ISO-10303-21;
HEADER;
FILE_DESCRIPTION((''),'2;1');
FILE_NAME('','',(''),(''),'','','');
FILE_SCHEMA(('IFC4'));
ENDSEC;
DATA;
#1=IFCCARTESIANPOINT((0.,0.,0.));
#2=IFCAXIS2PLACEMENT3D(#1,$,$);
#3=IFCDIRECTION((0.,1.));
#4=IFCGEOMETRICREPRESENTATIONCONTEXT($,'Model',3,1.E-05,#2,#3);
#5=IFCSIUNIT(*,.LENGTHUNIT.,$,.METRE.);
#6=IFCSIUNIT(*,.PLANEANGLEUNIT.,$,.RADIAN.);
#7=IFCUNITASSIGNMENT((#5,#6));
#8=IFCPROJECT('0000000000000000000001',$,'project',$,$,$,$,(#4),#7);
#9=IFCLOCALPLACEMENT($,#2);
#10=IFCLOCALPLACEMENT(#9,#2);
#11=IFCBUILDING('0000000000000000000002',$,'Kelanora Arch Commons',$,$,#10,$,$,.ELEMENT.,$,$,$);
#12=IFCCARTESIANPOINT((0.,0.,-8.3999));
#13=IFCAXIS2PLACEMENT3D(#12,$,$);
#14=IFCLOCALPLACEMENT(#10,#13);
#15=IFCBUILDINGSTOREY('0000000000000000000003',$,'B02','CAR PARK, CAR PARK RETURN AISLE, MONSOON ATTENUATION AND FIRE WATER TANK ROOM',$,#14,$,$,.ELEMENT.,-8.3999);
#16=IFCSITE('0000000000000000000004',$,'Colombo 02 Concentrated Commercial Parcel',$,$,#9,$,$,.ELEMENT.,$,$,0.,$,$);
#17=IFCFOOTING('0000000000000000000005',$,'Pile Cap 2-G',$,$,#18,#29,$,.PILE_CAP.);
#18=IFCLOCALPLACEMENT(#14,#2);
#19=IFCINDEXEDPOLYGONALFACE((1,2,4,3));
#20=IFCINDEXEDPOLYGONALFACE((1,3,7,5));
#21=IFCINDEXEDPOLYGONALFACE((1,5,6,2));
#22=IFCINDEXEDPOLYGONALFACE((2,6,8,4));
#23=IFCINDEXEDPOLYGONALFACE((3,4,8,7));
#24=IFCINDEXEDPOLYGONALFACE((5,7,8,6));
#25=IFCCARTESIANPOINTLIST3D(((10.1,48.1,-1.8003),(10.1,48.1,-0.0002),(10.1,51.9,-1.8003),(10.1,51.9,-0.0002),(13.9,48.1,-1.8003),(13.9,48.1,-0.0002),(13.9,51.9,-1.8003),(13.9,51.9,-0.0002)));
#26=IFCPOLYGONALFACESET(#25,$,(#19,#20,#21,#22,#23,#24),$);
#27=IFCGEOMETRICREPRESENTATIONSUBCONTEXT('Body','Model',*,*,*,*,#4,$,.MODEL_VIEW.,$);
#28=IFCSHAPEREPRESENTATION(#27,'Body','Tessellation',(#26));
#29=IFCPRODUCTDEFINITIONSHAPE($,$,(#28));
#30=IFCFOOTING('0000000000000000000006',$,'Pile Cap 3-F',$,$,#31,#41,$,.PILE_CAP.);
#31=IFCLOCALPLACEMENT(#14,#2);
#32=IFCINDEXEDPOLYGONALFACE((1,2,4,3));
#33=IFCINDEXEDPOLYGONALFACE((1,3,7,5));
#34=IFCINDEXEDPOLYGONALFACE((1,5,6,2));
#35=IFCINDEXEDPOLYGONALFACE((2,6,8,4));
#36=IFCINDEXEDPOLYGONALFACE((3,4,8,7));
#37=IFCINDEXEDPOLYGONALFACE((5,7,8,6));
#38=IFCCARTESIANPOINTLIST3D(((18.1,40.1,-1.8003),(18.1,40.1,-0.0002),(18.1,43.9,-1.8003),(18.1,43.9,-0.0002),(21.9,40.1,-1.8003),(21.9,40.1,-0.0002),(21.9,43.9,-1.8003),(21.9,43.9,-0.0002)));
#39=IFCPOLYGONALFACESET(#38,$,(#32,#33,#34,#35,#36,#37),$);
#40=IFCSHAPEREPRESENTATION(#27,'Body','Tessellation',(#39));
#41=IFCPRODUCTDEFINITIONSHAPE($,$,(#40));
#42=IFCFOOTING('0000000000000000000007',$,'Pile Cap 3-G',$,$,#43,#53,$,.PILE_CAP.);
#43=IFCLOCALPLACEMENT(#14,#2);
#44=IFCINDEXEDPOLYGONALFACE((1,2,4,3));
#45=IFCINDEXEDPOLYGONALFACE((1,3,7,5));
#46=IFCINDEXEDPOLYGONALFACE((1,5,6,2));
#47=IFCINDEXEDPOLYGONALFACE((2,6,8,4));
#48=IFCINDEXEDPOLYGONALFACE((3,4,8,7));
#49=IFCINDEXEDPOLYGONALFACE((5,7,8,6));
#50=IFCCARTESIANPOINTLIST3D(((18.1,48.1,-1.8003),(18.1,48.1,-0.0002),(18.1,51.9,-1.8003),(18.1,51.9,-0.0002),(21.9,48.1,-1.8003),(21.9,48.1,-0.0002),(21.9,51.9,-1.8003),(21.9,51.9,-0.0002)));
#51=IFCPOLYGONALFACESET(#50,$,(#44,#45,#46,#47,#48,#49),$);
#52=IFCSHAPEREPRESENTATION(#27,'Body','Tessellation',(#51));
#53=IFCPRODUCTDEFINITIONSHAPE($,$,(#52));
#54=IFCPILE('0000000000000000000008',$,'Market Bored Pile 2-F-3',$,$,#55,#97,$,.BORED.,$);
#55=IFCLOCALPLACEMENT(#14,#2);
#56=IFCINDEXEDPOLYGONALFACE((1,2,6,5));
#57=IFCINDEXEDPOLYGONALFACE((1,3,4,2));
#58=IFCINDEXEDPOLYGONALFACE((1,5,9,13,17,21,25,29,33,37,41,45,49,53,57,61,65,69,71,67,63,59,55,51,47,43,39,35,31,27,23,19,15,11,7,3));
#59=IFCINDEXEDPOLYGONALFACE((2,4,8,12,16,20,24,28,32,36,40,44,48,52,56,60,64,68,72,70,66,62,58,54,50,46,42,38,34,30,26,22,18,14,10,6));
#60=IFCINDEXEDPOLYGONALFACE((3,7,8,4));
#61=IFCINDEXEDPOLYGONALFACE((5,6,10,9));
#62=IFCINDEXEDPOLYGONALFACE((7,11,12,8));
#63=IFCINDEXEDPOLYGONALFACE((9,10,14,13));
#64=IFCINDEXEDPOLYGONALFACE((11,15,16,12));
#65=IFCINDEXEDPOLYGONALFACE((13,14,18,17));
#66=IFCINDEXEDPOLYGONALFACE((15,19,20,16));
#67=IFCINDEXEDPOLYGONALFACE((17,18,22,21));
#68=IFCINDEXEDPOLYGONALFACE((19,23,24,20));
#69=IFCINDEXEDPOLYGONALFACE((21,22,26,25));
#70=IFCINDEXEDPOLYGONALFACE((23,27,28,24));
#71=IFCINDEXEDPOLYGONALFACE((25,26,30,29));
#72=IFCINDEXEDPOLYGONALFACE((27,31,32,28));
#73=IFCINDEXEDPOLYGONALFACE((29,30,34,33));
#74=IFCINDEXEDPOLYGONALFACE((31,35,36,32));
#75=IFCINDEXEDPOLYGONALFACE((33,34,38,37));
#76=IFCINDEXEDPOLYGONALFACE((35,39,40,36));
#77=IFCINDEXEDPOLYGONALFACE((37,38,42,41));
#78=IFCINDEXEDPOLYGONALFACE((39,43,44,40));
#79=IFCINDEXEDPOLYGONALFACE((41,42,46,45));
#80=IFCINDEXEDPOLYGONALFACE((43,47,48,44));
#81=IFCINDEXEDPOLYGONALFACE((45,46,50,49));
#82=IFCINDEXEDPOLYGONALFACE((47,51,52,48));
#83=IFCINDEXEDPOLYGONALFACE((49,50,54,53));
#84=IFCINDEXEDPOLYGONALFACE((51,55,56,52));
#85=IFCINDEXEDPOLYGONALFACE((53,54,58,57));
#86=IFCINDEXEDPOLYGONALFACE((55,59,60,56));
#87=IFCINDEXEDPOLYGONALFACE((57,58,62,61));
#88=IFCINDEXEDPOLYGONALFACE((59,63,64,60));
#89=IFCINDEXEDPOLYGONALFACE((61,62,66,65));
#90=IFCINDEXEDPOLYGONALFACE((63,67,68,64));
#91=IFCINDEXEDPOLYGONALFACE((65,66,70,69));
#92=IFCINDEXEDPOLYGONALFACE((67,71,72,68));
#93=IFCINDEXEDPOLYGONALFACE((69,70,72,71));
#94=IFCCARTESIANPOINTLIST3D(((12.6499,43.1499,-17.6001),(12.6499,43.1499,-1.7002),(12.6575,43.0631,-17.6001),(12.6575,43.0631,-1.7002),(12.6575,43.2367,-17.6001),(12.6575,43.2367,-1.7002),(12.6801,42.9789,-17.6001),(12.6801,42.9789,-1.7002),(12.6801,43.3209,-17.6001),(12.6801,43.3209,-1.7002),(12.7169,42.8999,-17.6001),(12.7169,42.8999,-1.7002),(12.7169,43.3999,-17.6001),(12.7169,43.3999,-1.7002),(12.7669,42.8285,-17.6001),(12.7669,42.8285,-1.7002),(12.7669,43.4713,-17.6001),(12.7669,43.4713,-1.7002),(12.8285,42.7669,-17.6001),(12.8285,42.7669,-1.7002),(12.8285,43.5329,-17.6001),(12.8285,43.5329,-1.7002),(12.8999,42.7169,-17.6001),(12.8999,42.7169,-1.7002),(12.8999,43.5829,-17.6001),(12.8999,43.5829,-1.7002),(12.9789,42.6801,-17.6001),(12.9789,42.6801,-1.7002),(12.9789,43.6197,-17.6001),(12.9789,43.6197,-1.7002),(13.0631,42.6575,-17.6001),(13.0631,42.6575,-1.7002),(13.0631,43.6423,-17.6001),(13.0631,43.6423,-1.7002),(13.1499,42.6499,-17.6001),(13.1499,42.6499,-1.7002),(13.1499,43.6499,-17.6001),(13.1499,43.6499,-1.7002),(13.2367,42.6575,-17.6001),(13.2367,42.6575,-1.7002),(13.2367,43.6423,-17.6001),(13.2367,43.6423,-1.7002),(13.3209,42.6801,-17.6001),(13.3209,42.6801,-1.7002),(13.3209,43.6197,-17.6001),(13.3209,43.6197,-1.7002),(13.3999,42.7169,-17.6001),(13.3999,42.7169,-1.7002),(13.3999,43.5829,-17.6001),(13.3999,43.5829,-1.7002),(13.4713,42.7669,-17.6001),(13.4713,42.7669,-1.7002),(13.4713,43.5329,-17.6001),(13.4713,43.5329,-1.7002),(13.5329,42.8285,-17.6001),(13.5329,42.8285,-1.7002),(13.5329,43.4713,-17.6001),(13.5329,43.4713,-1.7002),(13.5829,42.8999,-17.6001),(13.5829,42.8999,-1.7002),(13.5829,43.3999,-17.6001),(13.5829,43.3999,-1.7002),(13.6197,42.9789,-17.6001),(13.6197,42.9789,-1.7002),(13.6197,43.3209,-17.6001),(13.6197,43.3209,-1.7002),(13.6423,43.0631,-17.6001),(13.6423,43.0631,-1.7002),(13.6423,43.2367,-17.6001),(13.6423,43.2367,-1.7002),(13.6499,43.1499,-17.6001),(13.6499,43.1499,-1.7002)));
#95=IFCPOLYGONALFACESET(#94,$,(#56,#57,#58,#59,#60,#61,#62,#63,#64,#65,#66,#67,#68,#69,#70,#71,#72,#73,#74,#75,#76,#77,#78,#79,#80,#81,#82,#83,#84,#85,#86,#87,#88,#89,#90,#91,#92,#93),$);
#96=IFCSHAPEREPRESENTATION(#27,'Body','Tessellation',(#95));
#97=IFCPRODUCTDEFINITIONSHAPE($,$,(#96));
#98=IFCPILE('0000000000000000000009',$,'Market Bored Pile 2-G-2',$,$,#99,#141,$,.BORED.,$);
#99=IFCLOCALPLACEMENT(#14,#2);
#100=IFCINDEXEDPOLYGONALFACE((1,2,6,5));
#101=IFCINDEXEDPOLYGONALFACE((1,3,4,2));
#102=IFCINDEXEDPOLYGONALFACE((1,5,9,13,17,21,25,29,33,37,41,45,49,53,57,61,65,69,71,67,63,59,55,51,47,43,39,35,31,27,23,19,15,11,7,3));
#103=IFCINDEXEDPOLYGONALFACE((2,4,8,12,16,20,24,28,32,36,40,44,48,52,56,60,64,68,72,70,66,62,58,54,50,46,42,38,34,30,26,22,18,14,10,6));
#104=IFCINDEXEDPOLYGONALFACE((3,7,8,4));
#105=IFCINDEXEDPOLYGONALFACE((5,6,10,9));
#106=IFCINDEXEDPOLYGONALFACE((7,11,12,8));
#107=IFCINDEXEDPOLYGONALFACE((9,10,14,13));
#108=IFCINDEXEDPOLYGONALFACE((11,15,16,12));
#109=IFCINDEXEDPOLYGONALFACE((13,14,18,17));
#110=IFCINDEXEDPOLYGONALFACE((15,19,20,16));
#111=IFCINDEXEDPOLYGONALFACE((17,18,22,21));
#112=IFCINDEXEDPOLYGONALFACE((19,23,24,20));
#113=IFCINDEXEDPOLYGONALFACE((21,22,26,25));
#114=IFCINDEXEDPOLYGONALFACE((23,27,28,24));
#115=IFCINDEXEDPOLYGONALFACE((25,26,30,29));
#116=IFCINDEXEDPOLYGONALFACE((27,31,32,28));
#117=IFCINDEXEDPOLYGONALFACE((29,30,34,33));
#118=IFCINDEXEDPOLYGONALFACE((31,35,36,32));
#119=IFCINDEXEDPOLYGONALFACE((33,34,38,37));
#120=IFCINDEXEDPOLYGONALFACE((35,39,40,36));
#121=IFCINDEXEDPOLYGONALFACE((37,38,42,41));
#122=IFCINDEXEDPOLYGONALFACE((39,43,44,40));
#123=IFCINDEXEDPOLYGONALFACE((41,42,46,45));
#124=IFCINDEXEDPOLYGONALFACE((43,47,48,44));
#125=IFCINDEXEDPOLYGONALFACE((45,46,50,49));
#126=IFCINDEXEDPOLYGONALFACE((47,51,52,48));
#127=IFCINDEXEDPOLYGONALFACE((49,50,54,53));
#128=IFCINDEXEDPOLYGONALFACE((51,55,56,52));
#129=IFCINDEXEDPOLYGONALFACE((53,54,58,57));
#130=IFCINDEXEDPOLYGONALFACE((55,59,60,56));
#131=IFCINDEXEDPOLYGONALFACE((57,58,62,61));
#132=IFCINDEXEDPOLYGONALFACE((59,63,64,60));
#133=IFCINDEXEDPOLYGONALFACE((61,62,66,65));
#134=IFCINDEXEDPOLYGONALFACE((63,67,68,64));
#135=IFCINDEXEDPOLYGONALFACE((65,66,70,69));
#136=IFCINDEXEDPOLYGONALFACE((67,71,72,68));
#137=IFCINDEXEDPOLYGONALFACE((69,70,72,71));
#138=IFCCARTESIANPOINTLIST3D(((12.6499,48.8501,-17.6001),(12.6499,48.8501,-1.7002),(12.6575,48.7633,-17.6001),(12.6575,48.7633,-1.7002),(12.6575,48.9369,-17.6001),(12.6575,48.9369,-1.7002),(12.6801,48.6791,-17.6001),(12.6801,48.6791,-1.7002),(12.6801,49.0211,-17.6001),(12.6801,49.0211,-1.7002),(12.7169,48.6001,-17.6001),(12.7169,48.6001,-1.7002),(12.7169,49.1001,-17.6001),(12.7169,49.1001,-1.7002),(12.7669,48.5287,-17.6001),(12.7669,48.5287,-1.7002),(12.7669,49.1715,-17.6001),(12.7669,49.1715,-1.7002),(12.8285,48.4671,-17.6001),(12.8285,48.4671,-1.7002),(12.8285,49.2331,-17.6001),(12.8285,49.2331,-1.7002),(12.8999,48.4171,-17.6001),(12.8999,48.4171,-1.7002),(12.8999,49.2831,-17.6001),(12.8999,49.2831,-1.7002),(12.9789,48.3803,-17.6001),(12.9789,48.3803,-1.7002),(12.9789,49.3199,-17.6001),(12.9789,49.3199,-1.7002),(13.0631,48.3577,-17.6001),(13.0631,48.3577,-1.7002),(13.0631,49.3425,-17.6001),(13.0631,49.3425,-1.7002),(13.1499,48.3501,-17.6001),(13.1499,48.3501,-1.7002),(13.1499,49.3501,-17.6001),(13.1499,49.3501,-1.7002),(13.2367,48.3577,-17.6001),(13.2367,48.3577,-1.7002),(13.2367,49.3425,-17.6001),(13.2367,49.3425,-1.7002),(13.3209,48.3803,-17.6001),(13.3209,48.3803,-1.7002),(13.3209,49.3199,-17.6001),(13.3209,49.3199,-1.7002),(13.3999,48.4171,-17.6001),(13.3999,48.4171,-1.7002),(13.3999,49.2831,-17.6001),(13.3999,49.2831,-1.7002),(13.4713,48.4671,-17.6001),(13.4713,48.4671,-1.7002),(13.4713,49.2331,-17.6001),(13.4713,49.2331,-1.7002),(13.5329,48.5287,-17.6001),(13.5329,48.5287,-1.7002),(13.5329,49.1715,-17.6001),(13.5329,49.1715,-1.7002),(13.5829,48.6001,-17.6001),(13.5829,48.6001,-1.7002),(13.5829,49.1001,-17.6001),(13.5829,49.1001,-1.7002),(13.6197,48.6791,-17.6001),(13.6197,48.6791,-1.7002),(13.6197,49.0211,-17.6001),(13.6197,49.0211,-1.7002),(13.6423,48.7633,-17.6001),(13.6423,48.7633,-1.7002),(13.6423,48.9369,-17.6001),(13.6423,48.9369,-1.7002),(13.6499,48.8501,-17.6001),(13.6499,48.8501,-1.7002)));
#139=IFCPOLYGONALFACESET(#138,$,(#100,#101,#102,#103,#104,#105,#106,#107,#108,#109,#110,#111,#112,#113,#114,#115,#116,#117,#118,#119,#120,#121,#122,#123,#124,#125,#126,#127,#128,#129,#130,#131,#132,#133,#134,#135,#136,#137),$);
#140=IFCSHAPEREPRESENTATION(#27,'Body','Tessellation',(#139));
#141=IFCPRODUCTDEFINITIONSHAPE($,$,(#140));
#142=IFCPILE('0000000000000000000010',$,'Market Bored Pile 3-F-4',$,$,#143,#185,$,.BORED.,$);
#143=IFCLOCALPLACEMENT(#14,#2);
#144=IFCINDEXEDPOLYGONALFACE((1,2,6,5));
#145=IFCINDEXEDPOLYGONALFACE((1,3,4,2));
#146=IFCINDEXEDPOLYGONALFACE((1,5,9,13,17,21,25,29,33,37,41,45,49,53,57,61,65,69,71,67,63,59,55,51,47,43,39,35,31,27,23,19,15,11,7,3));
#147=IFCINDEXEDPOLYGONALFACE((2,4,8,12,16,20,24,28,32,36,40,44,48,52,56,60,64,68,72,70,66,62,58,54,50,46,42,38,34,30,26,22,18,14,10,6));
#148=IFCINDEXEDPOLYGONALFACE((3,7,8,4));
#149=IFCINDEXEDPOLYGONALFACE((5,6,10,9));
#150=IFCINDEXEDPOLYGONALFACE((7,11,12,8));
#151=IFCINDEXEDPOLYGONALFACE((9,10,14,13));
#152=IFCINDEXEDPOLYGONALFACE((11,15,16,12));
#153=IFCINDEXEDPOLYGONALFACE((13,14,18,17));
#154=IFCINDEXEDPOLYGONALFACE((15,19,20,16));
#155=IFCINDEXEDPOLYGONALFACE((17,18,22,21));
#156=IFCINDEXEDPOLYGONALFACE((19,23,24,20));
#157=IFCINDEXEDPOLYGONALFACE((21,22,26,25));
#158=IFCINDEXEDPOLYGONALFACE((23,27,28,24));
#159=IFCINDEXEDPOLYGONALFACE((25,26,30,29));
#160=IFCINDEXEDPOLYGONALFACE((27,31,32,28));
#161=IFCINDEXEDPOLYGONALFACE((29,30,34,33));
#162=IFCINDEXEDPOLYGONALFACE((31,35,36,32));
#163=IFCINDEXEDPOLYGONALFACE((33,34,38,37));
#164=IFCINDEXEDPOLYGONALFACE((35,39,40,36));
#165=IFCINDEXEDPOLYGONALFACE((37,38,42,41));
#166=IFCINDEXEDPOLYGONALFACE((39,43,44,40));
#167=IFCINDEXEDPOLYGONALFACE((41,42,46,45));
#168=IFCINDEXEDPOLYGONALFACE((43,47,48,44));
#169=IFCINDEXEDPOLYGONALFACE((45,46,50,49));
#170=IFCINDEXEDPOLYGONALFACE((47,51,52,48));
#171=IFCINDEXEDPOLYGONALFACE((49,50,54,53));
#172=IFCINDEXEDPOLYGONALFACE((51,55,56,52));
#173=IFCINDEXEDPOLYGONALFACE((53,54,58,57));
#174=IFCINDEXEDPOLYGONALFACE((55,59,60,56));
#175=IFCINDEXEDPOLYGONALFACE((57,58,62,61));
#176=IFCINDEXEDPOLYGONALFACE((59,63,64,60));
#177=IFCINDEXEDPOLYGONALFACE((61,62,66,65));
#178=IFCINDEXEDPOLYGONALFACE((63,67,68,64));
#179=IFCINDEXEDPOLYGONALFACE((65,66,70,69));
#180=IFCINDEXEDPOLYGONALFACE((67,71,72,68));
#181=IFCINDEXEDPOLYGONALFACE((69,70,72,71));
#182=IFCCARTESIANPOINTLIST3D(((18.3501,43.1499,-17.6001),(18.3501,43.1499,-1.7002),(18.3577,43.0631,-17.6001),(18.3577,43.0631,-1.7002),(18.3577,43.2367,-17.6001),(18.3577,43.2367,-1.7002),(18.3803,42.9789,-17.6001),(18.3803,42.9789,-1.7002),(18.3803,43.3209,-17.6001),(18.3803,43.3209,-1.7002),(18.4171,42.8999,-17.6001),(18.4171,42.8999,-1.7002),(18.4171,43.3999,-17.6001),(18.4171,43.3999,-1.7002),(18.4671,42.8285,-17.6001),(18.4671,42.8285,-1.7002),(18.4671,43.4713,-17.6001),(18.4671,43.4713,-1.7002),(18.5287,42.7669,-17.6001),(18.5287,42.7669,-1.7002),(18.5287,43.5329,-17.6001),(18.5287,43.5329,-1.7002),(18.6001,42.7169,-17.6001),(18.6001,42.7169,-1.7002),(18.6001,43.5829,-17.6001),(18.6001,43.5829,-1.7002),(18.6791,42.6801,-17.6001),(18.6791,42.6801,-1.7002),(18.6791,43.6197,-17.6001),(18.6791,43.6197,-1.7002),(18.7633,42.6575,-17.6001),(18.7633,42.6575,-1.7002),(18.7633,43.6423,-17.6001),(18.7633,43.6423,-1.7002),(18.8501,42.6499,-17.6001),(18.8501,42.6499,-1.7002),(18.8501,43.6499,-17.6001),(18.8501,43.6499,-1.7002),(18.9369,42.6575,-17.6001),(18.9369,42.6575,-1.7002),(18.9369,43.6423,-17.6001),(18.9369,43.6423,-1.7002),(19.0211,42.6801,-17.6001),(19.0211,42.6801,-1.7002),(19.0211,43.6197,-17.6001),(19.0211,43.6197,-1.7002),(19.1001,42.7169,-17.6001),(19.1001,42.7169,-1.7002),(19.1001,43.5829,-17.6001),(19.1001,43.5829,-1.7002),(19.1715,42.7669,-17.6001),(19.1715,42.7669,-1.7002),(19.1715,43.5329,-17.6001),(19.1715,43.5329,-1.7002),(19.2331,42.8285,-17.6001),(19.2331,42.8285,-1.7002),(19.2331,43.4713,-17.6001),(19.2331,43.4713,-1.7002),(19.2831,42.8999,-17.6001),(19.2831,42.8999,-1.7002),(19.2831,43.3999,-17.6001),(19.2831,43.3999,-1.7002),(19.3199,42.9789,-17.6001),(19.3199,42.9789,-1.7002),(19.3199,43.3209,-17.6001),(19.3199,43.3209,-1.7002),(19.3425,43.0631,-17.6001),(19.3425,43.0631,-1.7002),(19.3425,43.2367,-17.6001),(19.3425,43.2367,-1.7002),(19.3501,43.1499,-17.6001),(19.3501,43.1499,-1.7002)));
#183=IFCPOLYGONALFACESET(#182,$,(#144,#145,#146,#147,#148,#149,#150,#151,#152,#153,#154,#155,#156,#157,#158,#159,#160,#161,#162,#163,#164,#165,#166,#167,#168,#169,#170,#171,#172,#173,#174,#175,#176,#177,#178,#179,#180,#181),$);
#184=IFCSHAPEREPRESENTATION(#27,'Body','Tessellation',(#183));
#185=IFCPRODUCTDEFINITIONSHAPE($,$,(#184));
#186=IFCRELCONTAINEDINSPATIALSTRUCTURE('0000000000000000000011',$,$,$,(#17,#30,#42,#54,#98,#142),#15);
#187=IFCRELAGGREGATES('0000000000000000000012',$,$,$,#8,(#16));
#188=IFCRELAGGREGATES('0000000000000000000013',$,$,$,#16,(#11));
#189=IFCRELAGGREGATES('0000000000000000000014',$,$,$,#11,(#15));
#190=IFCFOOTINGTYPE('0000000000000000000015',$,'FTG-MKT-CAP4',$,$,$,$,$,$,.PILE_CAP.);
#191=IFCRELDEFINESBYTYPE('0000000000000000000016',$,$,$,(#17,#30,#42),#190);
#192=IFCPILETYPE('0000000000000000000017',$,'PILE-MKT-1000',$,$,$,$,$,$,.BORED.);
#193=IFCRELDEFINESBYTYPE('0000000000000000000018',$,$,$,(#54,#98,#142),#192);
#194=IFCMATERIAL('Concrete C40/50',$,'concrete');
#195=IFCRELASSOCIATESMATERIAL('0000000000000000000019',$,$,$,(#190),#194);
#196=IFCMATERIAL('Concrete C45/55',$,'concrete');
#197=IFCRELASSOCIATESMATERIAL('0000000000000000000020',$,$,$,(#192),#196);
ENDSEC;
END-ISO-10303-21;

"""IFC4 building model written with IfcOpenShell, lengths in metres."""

from ifc_helpers import new_model, si_unit, direction, frame, origin, origin_2d, place, context, subcontext, project, spatial, rectangle, circle, extrude, source, transform, mapped, material, material_profile, profile_set, type_object, element, save


model = new_model("IFC4")

# Units and contexts
model_context = context("Model", 3, precision=1e-05, world=origin(), true_north=direction((0.0, 1.0)))
body_context = subcontext(model_context, "Body", "Model", "MODEL_VIEW")
ifc_project = project(units=[si_unit("LENGTHUNIT", "METRE"), si_unit("PLANEANGLEUNIT", "RADIAN")], contexts=[model_context])

# Site, building, storey
site_placement = place(None, origin())
site = spatial("IfcSite", under=ifc_project, at=site_placement, Name="Colombo 02 Concentrated Commercial Parcel", CompositionType="ELEMENT", RefElevation=0.0)
building_placement = place(site_placement, origin())
building = spatial("IfcBuilding", under=site, at=building_placement, Name="Kelanora Arch Commons", CompositionType="ELEMENT")
storey_placement = place(building_placement, frame((0.0, 0.0, -8.3999)))
storey = spatial("IfcBuildingStorey", under=building, at=storey_placement, Name="B02", Description="CAR PARK, CAR PARK RETURN AISLE, MONSOON ATTENUATION AND FIRE WATER TANK ROOM", CompositionType="ELEMENT", Elevation=-8.3999)

# Footings
ifc_material_1 = material(Name="Concrete C40/50", Category="concrete")
footing_type_1 = type_object("IfcFootingType", Name="FTG-MKT-CAP4", PredefinedType="PILE_CAP", material=ifc_material_1)
shared_shape_1 = source(origin(), body_context, "Body", "SweptSolid", [
    extrude(rectangle(XDim=3.8, YDim=3.8, at=origin_2d()), origin(), (0.0, 0.0, 1.0), 1.8),
])
for number, where, z_axis, x_axis, name in (
    (1, (12.0, 50.0, -1.8003), (0.0, 0.0, 1.0), (1.0, 0.0, 0.0), "Pile Cap 2-G"),
    (2, (20.0, 42.0, -1.8003), (0.0, 0.0, 1.0), (1.0, 0.0, 0.0), "Pile Cap 3-F"),
    (3, (20.0, 50.0, -1.8003), (0.0, 0.0, 1.0), (1.0, 0.0, 0.0), "Pile Cap 3-G"),
):
    element("IfcFooting", number, at=place(storey_placement, frame(where, z_axis=z_axis, x_axis=x_axis)), inside=storey, type_object=footing_type_1, Name=name, PredefinedType="PILE_CAP", context=body_context, shape_type="MappedRepresentation", body=[
        mapped(shared_shape_1, transform((0.0, 0.0, 0.0), scale=1.0)),
    ])

# Piles
ifc_material_2 = material(Name="Concrete C45/55", Category="concrete")
ifc_material_profile_1 = material_profile(ifc_material_2, circle(Radius=0.5, at=origin_2d()), Name="PILE1000")
ifc_profile_set_1 = profile_set([ifc_material_profile_1], Name="Concrete C45/55")
pile_type = type_object("IfcPileType", Name="PILE-MKT-1000", PredefinedType="BORED", material=ifc_profile_set_1)
shared_shape_2 = source(origin(), body_context, "Body", "SweptSolid", [
    extrude(circle(Radius=0.5, at=origin_2d()), origin(), (0.0, 0.0, 1.0), 15.8999),
])
for number, where, z_axis, x_axis, name in (
    (4, (13.1499, 43.1499, -1.7002), (0.0, 0.0, -1.0), (1.0, 0.0, 0.0), "Market Bored Pile 2-F-3"),
    (5, (13.1499, 48.8501, -1.7002), (0.0, 0.0, -1.0), (1.0, 0.0, 0.0), "Market Bored Pile 2-G-2"),
    (6, (18.8501, 43.1499, -1.7002), (0.0, 0.0, -1.0), (1.0, 0.0, 0.0), "Market Bored Pile 3-F-4"),
):
    element("IfcPile", number, at=place(storey_placement, frame(where, z_axis=z_axis, x_axis=x_axis)), inside=storey, type_object=pile_type, Name=name, PredefinedType="BORED", context=body_context, shape_type="MappedRepresentation", body=[
        mapped(shared_shape_2, transform((0.0, 0.0, 0.0), scale=1.0)),
    ])

save(model, "model.ifc")
